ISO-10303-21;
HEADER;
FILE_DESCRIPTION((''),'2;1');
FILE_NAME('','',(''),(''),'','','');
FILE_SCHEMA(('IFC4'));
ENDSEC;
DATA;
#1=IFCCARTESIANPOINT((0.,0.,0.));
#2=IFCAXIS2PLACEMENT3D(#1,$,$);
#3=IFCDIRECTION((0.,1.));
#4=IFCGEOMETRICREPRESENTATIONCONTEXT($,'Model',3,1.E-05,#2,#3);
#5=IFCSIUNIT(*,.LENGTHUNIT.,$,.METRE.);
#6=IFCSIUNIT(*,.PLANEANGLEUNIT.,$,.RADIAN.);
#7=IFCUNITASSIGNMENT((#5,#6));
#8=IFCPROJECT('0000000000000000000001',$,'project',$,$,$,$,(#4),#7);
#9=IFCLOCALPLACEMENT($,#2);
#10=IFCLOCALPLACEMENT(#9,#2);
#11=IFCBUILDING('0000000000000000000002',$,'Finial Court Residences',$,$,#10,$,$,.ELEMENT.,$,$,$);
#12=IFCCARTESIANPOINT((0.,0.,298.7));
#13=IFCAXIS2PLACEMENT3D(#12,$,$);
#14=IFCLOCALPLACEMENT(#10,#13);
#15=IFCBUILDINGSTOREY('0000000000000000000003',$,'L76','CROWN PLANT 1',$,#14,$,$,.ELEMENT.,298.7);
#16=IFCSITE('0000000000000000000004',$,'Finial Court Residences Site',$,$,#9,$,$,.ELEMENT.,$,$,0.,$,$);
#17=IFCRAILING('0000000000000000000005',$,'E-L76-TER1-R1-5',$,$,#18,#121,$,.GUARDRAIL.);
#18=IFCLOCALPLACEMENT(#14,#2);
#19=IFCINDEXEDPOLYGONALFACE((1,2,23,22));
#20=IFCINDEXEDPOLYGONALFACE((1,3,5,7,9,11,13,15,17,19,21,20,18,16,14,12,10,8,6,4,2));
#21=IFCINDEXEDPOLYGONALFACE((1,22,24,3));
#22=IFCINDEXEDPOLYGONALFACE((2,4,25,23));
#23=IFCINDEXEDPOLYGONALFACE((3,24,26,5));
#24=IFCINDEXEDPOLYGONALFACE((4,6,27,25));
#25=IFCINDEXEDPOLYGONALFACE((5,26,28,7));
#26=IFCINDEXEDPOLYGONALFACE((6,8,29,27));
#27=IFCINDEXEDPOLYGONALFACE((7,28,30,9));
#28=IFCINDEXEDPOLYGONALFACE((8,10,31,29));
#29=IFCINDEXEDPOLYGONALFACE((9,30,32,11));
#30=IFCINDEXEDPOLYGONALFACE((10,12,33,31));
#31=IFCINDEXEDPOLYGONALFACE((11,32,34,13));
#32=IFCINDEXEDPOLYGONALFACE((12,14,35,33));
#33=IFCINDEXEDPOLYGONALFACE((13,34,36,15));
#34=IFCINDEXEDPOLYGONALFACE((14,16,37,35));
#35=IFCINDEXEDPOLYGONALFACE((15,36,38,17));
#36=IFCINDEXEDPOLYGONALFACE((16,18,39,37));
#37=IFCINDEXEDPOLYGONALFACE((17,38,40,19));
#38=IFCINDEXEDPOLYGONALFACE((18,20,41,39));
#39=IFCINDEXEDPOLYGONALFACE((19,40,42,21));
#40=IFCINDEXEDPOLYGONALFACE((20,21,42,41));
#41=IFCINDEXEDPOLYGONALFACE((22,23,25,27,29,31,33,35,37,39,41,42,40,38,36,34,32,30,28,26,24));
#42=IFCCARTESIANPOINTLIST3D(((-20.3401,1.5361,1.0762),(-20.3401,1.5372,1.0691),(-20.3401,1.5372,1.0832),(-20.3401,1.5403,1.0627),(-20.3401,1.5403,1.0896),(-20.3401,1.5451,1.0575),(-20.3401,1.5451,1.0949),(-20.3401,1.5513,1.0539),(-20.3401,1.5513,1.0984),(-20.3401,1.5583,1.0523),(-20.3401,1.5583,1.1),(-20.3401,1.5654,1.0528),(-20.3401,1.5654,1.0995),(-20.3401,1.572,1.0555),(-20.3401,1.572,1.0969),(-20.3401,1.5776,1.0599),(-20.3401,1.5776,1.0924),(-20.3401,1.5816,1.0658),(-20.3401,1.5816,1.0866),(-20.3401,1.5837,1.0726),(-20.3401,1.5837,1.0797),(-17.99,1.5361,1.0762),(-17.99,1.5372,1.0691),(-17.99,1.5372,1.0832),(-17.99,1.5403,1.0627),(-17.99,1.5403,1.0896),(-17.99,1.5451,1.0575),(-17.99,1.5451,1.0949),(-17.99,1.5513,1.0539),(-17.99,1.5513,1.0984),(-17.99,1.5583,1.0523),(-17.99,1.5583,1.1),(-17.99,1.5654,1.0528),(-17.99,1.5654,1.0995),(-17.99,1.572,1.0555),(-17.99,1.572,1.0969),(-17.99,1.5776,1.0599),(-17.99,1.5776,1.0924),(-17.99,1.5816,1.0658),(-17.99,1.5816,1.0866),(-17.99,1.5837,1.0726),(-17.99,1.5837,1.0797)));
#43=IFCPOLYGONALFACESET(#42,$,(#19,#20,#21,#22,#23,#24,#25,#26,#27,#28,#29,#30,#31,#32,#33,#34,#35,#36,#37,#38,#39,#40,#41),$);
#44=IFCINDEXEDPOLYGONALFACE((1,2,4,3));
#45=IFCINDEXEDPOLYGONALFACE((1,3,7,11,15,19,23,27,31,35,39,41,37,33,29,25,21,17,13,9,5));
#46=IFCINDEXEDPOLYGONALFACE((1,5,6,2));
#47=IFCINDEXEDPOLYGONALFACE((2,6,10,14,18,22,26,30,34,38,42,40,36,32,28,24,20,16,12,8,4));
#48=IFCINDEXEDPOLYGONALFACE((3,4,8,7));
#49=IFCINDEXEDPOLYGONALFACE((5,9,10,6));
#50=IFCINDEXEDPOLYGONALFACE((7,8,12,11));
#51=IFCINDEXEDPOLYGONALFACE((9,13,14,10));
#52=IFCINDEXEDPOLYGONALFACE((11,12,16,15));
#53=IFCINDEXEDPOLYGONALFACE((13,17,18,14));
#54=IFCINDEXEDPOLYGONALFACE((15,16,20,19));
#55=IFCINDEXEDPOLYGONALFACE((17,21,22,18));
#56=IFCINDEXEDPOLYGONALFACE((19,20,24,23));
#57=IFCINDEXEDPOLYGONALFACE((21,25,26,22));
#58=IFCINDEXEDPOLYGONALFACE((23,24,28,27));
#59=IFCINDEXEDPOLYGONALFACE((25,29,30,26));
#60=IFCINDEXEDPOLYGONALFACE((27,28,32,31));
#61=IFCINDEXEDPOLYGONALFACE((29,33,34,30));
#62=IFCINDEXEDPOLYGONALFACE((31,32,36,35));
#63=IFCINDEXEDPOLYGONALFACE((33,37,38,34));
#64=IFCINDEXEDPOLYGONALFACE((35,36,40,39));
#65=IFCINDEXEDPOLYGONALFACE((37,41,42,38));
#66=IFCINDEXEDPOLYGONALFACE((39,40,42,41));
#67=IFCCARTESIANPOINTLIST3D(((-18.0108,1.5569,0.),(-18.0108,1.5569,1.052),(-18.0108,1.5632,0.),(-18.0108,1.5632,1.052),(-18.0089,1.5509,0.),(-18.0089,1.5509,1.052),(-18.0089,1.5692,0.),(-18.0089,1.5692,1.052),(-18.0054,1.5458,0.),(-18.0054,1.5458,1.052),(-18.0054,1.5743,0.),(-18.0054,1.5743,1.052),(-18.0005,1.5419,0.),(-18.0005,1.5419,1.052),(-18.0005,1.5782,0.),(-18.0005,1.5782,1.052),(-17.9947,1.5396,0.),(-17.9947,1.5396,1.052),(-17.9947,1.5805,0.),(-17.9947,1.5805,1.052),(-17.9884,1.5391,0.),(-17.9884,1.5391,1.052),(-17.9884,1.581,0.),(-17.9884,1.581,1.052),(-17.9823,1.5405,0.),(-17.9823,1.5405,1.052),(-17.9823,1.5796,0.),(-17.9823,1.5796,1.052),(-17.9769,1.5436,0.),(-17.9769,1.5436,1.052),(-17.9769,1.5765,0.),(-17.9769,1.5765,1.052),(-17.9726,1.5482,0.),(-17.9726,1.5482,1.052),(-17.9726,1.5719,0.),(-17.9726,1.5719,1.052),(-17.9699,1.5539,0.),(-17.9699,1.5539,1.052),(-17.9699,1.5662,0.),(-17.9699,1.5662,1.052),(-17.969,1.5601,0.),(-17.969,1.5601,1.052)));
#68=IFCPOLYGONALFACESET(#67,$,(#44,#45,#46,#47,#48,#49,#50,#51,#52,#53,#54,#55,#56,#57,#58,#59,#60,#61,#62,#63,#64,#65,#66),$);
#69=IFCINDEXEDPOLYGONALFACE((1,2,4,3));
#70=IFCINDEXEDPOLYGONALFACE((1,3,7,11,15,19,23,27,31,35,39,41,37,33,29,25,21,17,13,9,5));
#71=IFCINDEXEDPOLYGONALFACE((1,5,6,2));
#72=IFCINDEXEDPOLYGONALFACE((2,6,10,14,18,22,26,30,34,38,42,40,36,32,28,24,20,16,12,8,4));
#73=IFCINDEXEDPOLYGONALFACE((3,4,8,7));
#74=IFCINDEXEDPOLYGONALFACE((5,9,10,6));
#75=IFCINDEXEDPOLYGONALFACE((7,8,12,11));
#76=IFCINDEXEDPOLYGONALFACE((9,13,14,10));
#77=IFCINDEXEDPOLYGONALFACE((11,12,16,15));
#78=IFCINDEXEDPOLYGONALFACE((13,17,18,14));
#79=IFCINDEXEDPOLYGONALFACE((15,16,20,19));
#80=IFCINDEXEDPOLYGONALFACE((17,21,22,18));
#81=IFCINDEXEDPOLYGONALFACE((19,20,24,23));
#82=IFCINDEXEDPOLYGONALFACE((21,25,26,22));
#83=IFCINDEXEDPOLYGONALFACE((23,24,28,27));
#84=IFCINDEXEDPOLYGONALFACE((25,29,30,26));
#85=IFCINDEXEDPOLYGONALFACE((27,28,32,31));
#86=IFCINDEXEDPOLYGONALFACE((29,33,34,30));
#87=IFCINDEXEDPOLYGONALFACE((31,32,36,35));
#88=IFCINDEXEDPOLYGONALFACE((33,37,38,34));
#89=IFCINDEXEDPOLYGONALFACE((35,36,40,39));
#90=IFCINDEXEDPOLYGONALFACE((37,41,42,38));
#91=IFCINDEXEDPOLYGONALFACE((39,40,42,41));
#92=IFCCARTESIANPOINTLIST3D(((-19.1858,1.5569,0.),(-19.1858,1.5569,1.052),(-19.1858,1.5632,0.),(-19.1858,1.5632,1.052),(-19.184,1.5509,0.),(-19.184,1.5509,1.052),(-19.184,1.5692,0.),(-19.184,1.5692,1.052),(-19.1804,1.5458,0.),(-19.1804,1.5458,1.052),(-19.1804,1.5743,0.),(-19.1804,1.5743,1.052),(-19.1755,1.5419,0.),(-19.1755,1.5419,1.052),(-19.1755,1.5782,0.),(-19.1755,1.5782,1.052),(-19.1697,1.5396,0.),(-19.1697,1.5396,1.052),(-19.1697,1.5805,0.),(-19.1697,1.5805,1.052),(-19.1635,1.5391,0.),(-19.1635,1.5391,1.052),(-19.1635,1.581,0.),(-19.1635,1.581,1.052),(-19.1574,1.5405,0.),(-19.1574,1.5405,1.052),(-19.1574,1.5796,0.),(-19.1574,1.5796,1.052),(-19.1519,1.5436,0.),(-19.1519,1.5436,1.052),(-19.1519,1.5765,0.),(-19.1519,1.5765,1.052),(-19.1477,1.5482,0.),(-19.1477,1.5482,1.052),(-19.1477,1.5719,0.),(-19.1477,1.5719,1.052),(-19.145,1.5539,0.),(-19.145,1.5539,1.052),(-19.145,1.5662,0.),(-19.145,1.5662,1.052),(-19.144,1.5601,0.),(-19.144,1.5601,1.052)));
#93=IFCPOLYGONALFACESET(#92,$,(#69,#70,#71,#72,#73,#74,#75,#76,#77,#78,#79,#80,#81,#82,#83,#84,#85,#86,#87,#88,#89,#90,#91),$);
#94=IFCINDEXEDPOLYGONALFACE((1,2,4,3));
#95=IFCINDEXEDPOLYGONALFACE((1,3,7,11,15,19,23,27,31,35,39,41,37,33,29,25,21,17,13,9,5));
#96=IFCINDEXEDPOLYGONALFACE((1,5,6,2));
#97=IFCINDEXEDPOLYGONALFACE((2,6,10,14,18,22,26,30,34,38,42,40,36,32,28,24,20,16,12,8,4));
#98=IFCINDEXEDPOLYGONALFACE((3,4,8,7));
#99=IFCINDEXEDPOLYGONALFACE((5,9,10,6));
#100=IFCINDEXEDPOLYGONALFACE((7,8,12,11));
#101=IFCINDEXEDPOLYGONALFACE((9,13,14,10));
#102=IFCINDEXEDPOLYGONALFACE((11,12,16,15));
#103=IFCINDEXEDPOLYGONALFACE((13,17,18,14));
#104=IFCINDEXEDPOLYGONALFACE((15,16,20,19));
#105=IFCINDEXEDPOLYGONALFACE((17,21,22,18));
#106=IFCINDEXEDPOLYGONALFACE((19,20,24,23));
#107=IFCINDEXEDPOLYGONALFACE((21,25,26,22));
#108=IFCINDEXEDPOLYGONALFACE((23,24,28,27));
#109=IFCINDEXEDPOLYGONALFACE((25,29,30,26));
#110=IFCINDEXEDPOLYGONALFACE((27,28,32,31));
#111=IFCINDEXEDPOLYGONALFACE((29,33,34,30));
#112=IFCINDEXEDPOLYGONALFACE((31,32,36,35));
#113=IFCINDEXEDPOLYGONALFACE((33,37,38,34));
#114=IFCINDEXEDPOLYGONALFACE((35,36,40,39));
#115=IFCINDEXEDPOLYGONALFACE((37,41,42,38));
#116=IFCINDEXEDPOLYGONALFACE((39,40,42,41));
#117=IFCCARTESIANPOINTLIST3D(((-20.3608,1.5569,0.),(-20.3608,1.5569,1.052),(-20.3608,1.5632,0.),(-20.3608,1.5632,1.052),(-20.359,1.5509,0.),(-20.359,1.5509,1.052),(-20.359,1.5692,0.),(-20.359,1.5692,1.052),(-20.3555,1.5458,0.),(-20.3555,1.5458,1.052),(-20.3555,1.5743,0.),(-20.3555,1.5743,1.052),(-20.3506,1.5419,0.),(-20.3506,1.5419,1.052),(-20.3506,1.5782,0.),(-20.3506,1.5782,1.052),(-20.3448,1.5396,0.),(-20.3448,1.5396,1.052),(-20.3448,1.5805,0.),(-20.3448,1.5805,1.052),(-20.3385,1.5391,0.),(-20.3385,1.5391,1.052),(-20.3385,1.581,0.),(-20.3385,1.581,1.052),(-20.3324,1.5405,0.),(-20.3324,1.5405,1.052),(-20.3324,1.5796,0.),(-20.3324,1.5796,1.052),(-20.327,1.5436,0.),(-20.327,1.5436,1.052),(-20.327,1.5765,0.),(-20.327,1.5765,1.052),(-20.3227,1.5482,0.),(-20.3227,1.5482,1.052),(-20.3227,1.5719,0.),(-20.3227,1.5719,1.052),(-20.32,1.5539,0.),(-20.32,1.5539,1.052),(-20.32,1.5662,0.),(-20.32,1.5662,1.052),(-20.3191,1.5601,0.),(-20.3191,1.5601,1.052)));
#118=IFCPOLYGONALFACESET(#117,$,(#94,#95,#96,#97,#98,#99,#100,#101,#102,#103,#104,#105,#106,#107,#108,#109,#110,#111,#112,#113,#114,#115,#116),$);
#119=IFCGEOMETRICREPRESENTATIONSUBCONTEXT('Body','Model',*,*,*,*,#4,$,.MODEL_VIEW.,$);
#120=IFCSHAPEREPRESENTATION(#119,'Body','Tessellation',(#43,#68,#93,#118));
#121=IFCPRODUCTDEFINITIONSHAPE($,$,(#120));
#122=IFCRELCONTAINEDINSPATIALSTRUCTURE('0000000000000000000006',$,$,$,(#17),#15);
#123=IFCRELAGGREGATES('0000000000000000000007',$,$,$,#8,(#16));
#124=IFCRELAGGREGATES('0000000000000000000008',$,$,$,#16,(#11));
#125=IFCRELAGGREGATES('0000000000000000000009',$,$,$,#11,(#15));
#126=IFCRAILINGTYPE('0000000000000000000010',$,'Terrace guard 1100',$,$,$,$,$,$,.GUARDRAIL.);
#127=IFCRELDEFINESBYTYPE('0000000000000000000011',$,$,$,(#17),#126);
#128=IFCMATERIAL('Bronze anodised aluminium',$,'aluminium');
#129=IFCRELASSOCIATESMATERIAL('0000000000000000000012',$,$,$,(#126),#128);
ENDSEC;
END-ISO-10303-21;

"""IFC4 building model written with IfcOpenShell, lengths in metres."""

from ifc_helpers import new_model, si_unit, direction, frame, origin, origin_2d, place, context, subcontext, project, spatial, circle, extrude, material, type_object, element, save


model = new_model("IFC4")

# Units and contexts
model_context = context("Model", 3, precision=1e-05, world=origin(), true_north=direction((0.0, 1.0)))
body_context = subcontext(model_context, "Body", "Model", "MODEL_VIEW")
ifc_project = project(units=[si_unit("LENGTHUNIT", "METRE"), si_unit("PLANEANGLEUNIT", "RADIAN")], contexts=[model_context])

# Site, building, storey
site_placement = place(None, origin())
site = spatial("IfcSite", under=ifc_project, at=site_placement, Name="Finial Court Residences Site", CompositionType="ELEMENT", RefElevation=0.0)
building_placement = place(site_placement, origin())
building = spatial("IfcBuilding", under=site, at=building_placement, Name="Finial Court Residences", CompositionType="ELEMENT")
storey_placement = place(building_placement, frame((0.0, 0.0, 298.7)))
storey = spatial("IfcBuildingStorey", under=building, at=storey_placement, Name="L76", Description="CROWN PLANT 1", CompositionType="ELEMENT", Elevation=298.7)

# Shared definitions
ifc_material_1 = material(Name="Bronze anodised aluminium", Category="aluminium")

# Railing
railing_type = type_object("IfcRailingType", Name="Terrace guard 1100", PredefinedType="GUARDRAIL", material=ifc_material_1)
railing_1_placement = place(storey_placement, frame((-17.99, 1.5601, 0.0)))
element("IfcRailing", 1, at=railing_1_placement, inside=storey, type_object=railing_type, Name="E-L76-TER1-R1-5", PredefinedType="GUARDRAIL", context=body_context, shape_type="SweptSolid", body=[
    extrude(circle(Radius=0.0239, at=origin_2d()), frame((0.0, 0.0, 1.0762), z_axis=(-1.0, 0.0, 0.0), x_axis=(0.0, -1.0, 0.0)), (0.0, 0.0, 1.0), 2.3501),
    extrude(circle(Radius=0.021, at=origin_2d()), origin(), (0.0, 0.0, 1.0), 1.052),
    extrude(circle(Radius=0.021, at=origin_2d()), frame((-1.175, 0.0, 0.0)), (0.0, 0.0, 1.0), 1.052),
    extrude(circle(Radius=0.021, at=origin_2d()), frame((-2.3501, 0.0, 0.0)), (0.0, 0.0, 1.0), 1.052),
])

save(model, "model.ifc")
